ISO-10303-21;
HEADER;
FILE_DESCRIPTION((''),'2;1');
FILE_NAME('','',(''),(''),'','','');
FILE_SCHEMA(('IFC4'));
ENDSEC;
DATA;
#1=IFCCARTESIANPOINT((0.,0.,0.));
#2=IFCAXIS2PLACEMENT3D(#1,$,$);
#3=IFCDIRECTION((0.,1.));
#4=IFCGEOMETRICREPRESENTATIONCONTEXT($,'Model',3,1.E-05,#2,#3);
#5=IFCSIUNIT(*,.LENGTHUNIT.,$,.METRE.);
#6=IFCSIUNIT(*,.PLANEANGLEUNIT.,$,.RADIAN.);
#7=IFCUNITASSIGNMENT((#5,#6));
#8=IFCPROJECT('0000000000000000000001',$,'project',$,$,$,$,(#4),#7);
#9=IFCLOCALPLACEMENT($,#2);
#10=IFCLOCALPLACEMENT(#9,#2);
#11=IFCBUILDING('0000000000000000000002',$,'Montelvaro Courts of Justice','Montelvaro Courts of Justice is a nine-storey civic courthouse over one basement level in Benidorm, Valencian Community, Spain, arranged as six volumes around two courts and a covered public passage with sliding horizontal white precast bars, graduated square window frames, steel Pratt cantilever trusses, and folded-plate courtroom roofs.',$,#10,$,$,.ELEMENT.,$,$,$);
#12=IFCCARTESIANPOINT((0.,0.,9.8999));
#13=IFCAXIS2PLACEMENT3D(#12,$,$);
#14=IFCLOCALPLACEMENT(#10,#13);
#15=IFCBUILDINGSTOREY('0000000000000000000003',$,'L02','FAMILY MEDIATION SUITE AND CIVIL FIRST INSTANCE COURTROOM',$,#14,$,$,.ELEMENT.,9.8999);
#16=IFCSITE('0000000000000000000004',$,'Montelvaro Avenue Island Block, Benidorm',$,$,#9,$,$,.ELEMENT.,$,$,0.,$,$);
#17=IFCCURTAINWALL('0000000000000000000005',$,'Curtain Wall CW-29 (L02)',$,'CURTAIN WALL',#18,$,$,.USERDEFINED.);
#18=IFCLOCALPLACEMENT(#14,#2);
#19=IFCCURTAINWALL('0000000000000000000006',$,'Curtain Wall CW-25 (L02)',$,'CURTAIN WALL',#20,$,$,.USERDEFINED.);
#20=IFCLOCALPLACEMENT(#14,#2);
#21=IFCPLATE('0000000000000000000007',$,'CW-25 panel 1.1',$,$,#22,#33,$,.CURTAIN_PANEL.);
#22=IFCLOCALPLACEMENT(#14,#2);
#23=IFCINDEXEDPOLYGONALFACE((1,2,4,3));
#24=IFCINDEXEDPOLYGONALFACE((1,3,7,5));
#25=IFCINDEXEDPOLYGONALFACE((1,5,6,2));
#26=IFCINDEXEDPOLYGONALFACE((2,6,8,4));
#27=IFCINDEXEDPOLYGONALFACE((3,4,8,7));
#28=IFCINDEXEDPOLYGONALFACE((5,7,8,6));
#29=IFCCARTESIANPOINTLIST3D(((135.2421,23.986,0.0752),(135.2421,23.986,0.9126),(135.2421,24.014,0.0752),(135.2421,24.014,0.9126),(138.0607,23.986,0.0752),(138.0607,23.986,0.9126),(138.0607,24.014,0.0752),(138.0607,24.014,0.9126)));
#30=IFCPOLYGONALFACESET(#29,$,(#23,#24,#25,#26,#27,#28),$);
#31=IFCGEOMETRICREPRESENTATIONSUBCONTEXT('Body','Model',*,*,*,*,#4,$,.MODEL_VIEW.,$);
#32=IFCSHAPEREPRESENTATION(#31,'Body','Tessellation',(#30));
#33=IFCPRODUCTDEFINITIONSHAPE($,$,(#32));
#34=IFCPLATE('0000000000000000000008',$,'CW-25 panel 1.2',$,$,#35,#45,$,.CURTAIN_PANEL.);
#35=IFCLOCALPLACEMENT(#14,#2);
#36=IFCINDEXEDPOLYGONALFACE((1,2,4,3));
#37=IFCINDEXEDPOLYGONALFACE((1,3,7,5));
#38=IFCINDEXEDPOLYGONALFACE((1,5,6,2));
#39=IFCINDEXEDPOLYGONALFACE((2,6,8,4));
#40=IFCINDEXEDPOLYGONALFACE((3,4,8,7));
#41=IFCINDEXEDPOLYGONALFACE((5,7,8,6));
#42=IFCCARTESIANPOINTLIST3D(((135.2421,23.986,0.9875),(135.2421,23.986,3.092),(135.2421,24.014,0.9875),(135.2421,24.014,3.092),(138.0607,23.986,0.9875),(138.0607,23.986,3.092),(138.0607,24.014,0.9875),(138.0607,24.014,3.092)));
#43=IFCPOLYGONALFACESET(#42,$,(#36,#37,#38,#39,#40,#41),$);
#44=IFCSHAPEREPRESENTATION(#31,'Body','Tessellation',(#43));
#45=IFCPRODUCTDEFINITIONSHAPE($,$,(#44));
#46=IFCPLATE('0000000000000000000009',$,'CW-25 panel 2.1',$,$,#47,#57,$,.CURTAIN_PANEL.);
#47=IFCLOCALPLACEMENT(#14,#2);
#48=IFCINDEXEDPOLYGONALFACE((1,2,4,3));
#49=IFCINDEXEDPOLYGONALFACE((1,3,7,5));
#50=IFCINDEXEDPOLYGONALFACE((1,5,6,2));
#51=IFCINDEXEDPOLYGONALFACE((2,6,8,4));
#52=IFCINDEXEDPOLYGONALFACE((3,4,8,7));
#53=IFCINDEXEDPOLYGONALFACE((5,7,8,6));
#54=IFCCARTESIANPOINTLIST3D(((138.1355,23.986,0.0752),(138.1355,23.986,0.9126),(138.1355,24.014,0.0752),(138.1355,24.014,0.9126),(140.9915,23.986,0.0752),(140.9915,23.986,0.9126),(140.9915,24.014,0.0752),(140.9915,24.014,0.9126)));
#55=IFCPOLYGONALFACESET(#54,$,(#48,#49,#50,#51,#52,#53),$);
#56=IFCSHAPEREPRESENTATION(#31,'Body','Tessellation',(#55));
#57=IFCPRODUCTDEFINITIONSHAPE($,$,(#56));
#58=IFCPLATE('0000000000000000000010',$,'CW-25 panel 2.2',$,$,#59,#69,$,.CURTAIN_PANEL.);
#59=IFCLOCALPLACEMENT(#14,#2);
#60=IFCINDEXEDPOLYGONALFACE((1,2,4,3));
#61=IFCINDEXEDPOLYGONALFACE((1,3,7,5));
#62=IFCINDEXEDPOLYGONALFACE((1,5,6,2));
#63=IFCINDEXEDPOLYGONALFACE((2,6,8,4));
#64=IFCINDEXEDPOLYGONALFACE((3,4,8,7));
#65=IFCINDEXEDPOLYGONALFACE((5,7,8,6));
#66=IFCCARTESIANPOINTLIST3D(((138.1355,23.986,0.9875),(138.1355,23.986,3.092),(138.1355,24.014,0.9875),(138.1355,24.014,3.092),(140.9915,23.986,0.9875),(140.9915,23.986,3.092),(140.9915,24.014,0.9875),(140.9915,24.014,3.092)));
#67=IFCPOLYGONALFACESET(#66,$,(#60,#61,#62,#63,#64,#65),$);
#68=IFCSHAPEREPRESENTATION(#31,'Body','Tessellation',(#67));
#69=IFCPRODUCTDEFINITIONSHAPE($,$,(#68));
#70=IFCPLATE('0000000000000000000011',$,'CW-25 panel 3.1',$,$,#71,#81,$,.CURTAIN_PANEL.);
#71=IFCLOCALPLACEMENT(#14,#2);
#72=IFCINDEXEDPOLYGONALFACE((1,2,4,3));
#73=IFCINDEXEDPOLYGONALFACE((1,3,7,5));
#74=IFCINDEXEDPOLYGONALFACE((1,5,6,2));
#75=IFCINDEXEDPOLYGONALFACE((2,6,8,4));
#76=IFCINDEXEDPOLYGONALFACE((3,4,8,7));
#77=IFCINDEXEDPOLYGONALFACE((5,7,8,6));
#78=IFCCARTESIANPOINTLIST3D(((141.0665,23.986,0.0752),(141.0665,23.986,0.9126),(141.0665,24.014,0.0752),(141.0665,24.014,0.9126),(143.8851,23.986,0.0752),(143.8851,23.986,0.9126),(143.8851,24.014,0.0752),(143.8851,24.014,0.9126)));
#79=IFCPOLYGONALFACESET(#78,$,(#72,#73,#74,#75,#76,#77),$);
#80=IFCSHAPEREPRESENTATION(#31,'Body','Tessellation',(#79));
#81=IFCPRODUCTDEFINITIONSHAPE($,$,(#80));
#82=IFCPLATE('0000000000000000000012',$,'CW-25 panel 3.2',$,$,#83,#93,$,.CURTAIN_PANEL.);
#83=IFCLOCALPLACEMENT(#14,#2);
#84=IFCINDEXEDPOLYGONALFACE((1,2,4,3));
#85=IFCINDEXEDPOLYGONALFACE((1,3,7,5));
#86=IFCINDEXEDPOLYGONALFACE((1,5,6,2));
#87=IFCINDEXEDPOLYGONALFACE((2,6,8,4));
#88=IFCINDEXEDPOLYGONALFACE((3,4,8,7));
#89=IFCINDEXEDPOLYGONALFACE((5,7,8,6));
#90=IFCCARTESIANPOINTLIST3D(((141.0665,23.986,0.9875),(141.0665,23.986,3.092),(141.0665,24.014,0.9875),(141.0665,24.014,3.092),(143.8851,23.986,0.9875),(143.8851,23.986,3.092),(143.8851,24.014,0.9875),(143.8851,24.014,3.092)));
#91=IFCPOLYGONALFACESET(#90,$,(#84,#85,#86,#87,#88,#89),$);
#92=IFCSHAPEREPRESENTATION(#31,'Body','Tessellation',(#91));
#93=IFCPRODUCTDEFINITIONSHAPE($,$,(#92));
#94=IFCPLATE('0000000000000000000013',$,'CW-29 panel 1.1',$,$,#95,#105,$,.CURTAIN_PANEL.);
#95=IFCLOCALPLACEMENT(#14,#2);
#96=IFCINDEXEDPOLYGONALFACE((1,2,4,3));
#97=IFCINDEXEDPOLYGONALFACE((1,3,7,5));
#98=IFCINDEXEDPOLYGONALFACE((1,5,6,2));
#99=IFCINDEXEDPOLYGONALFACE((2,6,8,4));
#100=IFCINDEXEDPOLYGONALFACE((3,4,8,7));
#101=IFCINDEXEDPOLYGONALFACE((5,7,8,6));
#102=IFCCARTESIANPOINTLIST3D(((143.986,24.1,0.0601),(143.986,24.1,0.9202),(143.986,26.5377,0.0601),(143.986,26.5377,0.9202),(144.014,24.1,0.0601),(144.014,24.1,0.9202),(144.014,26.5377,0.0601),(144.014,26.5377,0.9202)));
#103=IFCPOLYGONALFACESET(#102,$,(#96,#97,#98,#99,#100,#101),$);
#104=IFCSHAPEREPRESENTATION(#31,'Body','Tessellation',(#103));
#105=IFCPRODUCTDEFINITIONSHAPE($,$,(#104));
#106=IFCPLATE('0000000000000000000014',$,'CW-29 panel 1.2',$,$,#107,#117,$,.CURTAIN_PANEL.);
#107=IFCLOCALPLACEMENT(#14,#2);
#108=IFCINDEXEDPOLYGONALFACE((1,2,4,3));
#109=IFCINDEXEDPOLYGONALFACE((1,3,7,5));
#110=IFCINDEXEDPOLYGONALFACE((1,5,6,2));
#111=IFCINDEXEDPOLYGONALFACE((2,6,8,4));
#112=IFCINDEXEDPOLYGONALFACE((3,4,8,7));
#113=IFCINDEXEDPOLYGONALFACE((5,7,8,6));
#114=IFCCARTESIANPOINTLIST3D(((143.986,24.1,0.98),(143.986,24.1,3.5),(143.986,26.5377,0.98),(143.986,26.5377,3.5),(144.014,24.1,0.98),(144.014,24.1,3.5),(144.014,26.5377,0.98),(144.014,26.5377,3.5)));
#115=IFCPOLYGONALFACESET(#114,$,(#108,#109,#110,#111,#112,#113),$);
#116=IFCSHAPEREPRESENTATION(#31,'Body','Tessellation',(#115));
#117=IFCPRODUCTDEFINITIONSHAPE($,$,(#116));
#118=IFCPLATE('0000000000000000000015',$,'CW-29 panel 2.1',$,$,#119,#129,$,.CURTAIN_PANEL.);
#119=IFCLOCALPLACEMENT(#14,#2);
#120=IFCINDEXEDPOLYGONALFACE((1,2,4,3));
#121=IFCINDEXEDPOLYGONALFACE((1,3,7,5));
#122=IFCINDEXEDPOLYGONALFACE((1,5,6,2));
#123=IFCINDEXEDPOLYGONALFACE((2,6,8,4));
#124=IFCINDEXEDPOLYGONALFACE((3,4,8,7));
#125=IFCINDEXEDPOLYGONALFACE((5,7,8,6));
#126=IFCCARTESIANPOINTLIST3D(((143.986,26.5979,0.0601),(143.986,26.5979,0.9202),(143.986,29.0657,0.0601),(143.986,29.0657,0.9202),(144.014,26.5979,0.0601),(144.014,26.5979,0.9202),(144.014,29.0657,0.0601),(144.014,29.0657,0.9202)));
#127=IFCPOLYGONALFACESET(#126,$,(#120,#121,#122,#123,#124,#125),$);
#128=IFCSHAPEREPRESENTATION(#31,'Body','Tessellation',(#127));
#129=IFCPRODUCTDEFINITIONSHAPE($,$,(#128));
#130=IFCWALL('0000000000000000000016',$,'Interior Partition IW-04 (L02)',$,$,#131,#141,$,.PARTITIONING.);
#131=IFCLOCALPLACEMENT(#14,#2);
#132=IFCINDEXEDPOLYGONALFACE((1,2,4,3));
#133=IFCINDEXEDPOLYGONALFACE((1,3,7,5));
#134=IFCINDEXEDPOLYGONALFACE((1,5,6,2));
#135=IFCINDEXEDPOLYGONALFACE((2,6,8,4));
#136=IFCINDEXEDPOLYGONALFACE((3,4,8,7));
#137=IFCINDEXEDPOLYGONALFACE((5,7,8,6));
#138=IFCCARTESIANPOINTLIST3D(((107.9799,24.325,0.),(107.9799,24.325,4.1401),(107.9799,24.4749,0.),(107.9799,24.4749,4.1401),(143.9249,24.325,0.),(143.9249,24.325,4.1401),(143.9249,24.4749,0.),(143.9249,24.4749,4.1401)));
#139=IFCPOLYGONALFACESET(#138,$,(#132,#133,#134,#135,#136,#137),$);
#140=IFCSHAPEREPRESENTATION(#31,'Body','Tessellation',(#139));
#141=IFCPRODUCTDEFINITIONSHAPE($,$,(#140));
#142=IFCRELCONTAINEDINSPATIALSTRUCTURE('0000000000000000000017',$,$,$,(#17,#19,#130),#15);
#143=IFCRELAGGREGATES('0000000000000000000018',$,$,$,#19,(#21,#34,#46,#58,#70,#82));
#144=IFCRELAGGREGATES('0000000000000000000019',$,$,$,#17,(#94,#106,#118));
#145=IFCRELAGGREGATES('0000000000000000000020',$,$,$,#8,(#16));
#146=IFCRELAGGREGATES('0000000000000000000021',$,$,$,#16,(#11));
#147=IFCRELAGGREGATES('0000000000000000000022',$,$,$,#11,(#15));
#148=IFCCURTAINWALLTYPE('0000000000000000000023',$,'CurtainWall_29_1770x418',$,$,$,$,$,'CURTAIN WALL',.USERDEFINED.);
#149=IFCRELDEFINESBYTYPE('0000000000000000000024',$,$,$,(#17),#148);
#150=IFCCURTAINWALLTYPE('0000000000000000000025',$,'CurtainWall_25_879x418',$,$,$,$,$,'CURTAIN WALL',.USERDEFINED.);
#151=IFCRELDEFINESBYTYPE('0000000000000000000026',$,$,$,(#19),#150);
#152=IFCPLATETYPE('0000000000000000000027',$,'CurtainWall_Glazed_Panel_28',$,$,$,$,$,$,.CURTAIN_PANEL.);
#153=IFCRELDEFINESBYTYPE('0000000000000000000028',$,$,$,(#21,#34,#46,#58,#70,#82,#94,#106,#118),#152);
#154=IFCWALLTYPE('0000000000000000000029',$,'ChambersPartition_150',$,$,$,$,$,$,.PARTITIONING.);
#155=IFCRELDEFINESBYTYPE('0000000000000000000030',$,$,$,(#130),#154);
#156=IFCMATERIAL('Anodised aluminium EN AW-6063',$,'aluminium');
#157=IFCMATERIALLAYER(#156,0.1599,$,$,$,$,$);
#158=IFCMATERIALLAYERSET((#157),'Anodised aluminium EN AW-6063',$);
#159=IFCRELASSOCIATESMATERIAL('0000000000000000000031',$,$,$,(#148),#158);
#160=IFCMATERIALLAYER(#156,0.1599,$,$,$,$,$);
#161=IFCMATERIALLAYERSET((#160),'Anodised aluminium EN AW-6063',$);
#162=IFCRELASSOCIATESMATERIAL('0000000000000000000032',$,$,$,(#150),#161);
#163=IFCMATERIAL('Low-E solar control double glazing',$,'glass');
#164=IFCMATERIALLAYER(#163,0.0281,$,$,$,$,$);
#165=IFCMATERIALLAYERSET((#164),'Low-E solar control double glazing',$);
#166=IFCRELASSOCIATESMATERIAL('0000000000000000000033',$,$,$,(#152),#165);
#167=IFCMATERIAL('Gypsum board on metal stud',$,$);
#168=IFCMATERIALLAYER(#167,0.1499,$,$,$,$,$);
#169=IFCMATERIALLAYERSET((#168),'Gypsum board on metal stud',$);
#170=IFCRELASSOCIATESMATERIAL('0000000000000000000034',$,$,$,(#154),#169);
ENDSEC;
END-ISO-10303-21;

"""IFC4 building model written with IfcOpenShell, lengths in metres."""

from ifc_helpers import new_model, si_unit, direction, frame, frame_2d, origin, origin_2d, place, context, subcontext, project, spatial, rectangle, extrude, material, layer, layer_set, type_object, element, aggregate, save


model = new_model("IFC4")

# Units and contexts
model_context = context("Model", 3, precision=1e-05, world=origin(), true_north=direction((0.0, 1.0)))
body_context = subcontext(model_context, "Body", "Model", "MODEL_VIEW")
ifc_project = project(units=[si_unit("LENGTHUNIT", "METRE"), si_unit("PLANEANGLEUNIT", "RADIAN")], contexts=[model_context])

# Site, building, storey
site_placement = place(None, origin())
site = spatial("IfcSite", under=ifc_project, at=site_placement, Name="Montelvaro Avenue Island Block, Benidorm", CompositionType="ELEMENT", RefElevation=0.0)
building_placement = place(site_placement, origin())
building = spatial("IfcBuilding", under=site, at=building_placement, Name="Montelvaro Courts of Justice", Description="Montelvaro Courts of Justice is a nine-storey civic courthouse over one basement level in Benidorm, Valencian Community, Spain, arranged as six volumes around two courts and a covered public passage with sliding horizontal white precast bars, graduated square window frames, steel Pratt cantilever trusses, and folded-plate courtroom roofs.", CompositionType="ELEMENT")
storey_placement = place(building_placement, frame((0.0, 0.0, 9.8999)))
storey = spatial("IfcBuildingStorey", under=building, at=storey_placement, Name="L02", Description="FAMILY MEDIATION SUITE AND CIVIL FIRST INSTANCE COURTROOM", CompositionType="ELEMENT", Elevation=9.8999)

# Curtain walls
ifc_material_1 = material(Name="Anodised aluminium EN AW-6063", Category="aluminium")
ifc_layer_1 = layer(ifc_material_1, 0.1599)
ifc_layer_set_1 = layer_set([ifc_layer_1], Name="Anodised aluminium EN AW-6063")
curtain_wall_type_1 = type_object("IfcCurtainWallType", Name="CurtainWall_29_1770x418", ElementType="CURTAIN WALL", PredefinedType="USERDEFINED", material=ifc_layer_set_1)
curtain_wall_1_placement = place(storey_placement, origin())
curtain_wall_1 = element("IfcCurtainWall", 1, at=curtain_wall_1_placement, inside=storey, type_object=curtain_wall_type_1, Name="Curtain Wall CW-29 (L02)", ObjectType="CURTAIN WALL", PredefinedType="USERDEFINED")
ifc_layer_2 = layer(ifc_material_1, 0.1599)
ifc_layer_set_2 = layer_set([ifc_layer_2], Name="Anodised aluminium EN AW-6063")
curtain_wall_type_2 = type_object("IfcCurtainWallType", Name="CurtainWall_25_879x418", ElementType="CURTAIN WALL", PredefinedType="USERDEFINED", material=ifc_layer_set_2)
curtain_wall_2_placement = place(storey_placement, origin())
curtain_wall_2 = element("IfcCurtainWall", 2, at=curtain_wall_2_placement, inside=storey, type_object=curtain_wall_type_2, Name="Curtain Wall CW-25 (L02)", ObjectType="CURTAIN WALL", PredefinedType="USERDEFINED")

# Plates
ifc_material_2 = material(Name="Low-E solar control double glazing", Category="glass")
ifc_layer_3 = layer(ifc_material_2, 0.0281)
ifc_layer_set_3 = layer_set([ifc_layer_3], Name="Low-E solar control double glazing")
plate_type = type_object("IfcPlateType", Name="CurtainWall_Glazed_Panel_28", PredefinedType="CURTAIN_PANEL", material=ifc_layer_set_3)
plate_1_placement = place(storey_placement, frame((136.6514, 24.0, 0.0752), z_axis=(0.0, 0.0, 1.0), x_axis=(1.0, 0.0, 0.0)))
plate_1 = element("IfcPlate", 3, at=plate_1_placement, type_object=plate_type, Name="CW-25 panel 1.1", PredefinedType="CURTAIN_PANEL", context=body_context, shape_type="SweptSolid", body=[
    extrude(rectangle(XDim=2.8186, YDim=0.0281, at=origin_2d()), origin(), (0.0, 0.0, 1.0), 0.8374),
])
plate_2_placement = place(storey_placement, frame((136.6514, 24.0, 0.9875), z_axis=(0.0, 0.0, 1.0), x_axis=(1.0, 0.0, 0.0)))
plate_2 = element("IfcPlate", 4, at=plate_2_placement, type_object=plate_type, Name="CW-25 panel 1.2", PredefinedType="CURTAIN_PANEL", context=body_context, shape_type="SweptSolid", body=[
    extrude(rectangle(XDim=2.8186, YDim=0.0281, at=origin_2d()), origin(), (0.0, 0.0, 1.0), 2.1045),
])
plate_3_placement = place(storey_placement, frame((139.5635, 24.0, 0.0752), z_axis=(0.0, 0.0, 1.0), x_axis=(1.0, 0.0, 0.0)))
plate_3 = element("IfcPlate", 5, at=plate_3_placement, type_object=plate_type, Name="CW-25 panel 2.1", PredefinedType="CURTAIN_PANEL", context=body_context, shape_type="SweptSolid", body=[
    extrude(rectangle(XDim=2.856, YDim=0.0281, at=origin_2d()), origin(), (0.0, 0.0, 1.0), 0.8374),
])
plate_4_placement = place(storey_placement, frame((139.5635, 24.0, 0.9875), z_axis=(0.0, 0.0, 1.0), x_axis=(1.0, 0.0, 0.0)))
plate_4 = element("IfcPlate", 6, at=plate_4_placement, type_object=plate_type, Name="CW-25 panel 2.2", PredefinedType="CURTAIN_PANEL", context=body_context, shape_type="SweptSolid", body=[
    extrude(rectangle(XDim=2.856, YDim=0.0281, at=origin_2d()), origin(), (0.0, 0.0, 1.0), 2.1045),
])
plate_5_placement = place(storey_placement, frame((142.4758, 24.0, 0.0752), z_axis=(0.0, 0.0, 1.0), x_axis=(1.0, 0.0, 0.0)))
plate_5 = element("IfcPlate", 7, at=plate_5_placement, type_object=plate_type, Name="CW-25 panel 3.1", PredefinedType="CURTAIN_PANEL", context=body_context, shape_type="SweptSolid", body=[
    extrude(rectangle(XDim=2.8186, YDim=0.0281, at=origin_2d()), origin(), (0.0, 0.0, 1.0), 0.8374),
])
plate_6_placement = place(storey_placement, frame((142.4758, 24.0, 0.9875), z_axis=(0.0, 0.0, 1.0), x_axis=(1.0, 0.0, 0.0)))
plate_6 = element("IfcPlate", 8, at=plate_6_placement, type_object=plate_type, Name="CW-25 panel 3.2", PredefinedType="CURTAIN_PANEL", context=body_context, shape_type="SweptSolid", body=[
    extrude(rectangle(XDim=2.8186, YDim=0.0281, at=origin_2d()), origin(), (0.0, 0.0, 1.0), 2.1045),
])
aggregate(curtain_wall_2, [plate_1, plate_2, plate_3, plate_4, plate_5, plate_6])
plate_7_placement = place(storey_placement, frame((144.0, 25.3188, 0.0601), z_axis=(0.0, 0.0, 1.0), x_axis=(0.0, 1.0, 0.0)))
plate_7 = element("IfcPlate", 9, at=plate_7_placement, type_object=plate_type, Name="CW-29 panel 1.1", PredefinedType="CURTAIN_PANEL", context=body_context, shape_type="SweptSolid", body=[
    extrude(rectangle(XDim=2.4377, YDim=0.0281, at=origin_2d()), origin(), (0.0, 0.0, 1.0), 0.8601),
])
plate_8_placement = place(storey_placement, frame((144.0, 25.3188, 0.98), z_axis=(0.0, 0.0, 1.0), x_axis=(0.0, 1.0, 0.0)))
plate_8 = element("IfcPlate", 10, at=plate_8_placement, type_object=plate_type, Name="CW-29 panel 1.2", PredefinedType="CURTAIN_PANEL", context=body_context, shape_type="SweptSolid", body=[
    extrude(rectangle(XDim=2.4377, YDim=0.0281, at=origin_2d()), origin(), (0.0, 0.0, 1.0), 2.52),
])
plate_9_placement = place(storey_placement, frame((144.0, 27.8318, 0.0601), z_axis=(0.0, 0.0, 1.0), x_axis=(0.0, 1.0, 0.0)))
plate_9 = element("IfcPlate", 11, at=plate_9_placement, type_object=plate_type, Name="CW-29 panel 2.1", PredefinedType="CURTAIN_PANEL", context=body_context, shape_type="SweptSolid", body=[
    extrude(rectangle(XDim=2.4678, YDim=0.0281, at=origin_2d()), origin(), (0.0, 0.0, 1.0), 0.8601),
])
aggregate(curtain_wall_1, [plate_7, plate_8, plate_9])

# Wall
ifc_material_3 = material(Name="Gypsum board on metal stud")
ifc_layer_4 = layer(ifc_material_3, 0.1499)
ifc_layer_set_4 = layer_set([ifc_layer_4], Name="Gypsum board on metal stud")
wall_type = type_object("IfcWallType", Name="ChambersPartition_150", PredefinedType="PARTITIONING", material=ifc_layer_set_4)
wall_placement = place(storey_placement, frame((143.925, 24.3999, 0.0), z_axis=(0.0, 0.0, 1.0), x_axis=(-1.0, 0.0, 0.0)))
element("IfcWall", 12, at=wall_placement, inside=storey, type_object=wall_type, Name="Interior Partition IW-04 (L02)", PredefinedType="PARTITIONING", context=body_context, shape_type="SweptSolid", body=[
    extrude(rectangle(XDim=35.9451, YDim=0.1499, at=frame_2d((17.9727, 0.0))), origin(), (0.0, 0.0, 1.0), 4.1401),
])

save(model, "model.ifc")
